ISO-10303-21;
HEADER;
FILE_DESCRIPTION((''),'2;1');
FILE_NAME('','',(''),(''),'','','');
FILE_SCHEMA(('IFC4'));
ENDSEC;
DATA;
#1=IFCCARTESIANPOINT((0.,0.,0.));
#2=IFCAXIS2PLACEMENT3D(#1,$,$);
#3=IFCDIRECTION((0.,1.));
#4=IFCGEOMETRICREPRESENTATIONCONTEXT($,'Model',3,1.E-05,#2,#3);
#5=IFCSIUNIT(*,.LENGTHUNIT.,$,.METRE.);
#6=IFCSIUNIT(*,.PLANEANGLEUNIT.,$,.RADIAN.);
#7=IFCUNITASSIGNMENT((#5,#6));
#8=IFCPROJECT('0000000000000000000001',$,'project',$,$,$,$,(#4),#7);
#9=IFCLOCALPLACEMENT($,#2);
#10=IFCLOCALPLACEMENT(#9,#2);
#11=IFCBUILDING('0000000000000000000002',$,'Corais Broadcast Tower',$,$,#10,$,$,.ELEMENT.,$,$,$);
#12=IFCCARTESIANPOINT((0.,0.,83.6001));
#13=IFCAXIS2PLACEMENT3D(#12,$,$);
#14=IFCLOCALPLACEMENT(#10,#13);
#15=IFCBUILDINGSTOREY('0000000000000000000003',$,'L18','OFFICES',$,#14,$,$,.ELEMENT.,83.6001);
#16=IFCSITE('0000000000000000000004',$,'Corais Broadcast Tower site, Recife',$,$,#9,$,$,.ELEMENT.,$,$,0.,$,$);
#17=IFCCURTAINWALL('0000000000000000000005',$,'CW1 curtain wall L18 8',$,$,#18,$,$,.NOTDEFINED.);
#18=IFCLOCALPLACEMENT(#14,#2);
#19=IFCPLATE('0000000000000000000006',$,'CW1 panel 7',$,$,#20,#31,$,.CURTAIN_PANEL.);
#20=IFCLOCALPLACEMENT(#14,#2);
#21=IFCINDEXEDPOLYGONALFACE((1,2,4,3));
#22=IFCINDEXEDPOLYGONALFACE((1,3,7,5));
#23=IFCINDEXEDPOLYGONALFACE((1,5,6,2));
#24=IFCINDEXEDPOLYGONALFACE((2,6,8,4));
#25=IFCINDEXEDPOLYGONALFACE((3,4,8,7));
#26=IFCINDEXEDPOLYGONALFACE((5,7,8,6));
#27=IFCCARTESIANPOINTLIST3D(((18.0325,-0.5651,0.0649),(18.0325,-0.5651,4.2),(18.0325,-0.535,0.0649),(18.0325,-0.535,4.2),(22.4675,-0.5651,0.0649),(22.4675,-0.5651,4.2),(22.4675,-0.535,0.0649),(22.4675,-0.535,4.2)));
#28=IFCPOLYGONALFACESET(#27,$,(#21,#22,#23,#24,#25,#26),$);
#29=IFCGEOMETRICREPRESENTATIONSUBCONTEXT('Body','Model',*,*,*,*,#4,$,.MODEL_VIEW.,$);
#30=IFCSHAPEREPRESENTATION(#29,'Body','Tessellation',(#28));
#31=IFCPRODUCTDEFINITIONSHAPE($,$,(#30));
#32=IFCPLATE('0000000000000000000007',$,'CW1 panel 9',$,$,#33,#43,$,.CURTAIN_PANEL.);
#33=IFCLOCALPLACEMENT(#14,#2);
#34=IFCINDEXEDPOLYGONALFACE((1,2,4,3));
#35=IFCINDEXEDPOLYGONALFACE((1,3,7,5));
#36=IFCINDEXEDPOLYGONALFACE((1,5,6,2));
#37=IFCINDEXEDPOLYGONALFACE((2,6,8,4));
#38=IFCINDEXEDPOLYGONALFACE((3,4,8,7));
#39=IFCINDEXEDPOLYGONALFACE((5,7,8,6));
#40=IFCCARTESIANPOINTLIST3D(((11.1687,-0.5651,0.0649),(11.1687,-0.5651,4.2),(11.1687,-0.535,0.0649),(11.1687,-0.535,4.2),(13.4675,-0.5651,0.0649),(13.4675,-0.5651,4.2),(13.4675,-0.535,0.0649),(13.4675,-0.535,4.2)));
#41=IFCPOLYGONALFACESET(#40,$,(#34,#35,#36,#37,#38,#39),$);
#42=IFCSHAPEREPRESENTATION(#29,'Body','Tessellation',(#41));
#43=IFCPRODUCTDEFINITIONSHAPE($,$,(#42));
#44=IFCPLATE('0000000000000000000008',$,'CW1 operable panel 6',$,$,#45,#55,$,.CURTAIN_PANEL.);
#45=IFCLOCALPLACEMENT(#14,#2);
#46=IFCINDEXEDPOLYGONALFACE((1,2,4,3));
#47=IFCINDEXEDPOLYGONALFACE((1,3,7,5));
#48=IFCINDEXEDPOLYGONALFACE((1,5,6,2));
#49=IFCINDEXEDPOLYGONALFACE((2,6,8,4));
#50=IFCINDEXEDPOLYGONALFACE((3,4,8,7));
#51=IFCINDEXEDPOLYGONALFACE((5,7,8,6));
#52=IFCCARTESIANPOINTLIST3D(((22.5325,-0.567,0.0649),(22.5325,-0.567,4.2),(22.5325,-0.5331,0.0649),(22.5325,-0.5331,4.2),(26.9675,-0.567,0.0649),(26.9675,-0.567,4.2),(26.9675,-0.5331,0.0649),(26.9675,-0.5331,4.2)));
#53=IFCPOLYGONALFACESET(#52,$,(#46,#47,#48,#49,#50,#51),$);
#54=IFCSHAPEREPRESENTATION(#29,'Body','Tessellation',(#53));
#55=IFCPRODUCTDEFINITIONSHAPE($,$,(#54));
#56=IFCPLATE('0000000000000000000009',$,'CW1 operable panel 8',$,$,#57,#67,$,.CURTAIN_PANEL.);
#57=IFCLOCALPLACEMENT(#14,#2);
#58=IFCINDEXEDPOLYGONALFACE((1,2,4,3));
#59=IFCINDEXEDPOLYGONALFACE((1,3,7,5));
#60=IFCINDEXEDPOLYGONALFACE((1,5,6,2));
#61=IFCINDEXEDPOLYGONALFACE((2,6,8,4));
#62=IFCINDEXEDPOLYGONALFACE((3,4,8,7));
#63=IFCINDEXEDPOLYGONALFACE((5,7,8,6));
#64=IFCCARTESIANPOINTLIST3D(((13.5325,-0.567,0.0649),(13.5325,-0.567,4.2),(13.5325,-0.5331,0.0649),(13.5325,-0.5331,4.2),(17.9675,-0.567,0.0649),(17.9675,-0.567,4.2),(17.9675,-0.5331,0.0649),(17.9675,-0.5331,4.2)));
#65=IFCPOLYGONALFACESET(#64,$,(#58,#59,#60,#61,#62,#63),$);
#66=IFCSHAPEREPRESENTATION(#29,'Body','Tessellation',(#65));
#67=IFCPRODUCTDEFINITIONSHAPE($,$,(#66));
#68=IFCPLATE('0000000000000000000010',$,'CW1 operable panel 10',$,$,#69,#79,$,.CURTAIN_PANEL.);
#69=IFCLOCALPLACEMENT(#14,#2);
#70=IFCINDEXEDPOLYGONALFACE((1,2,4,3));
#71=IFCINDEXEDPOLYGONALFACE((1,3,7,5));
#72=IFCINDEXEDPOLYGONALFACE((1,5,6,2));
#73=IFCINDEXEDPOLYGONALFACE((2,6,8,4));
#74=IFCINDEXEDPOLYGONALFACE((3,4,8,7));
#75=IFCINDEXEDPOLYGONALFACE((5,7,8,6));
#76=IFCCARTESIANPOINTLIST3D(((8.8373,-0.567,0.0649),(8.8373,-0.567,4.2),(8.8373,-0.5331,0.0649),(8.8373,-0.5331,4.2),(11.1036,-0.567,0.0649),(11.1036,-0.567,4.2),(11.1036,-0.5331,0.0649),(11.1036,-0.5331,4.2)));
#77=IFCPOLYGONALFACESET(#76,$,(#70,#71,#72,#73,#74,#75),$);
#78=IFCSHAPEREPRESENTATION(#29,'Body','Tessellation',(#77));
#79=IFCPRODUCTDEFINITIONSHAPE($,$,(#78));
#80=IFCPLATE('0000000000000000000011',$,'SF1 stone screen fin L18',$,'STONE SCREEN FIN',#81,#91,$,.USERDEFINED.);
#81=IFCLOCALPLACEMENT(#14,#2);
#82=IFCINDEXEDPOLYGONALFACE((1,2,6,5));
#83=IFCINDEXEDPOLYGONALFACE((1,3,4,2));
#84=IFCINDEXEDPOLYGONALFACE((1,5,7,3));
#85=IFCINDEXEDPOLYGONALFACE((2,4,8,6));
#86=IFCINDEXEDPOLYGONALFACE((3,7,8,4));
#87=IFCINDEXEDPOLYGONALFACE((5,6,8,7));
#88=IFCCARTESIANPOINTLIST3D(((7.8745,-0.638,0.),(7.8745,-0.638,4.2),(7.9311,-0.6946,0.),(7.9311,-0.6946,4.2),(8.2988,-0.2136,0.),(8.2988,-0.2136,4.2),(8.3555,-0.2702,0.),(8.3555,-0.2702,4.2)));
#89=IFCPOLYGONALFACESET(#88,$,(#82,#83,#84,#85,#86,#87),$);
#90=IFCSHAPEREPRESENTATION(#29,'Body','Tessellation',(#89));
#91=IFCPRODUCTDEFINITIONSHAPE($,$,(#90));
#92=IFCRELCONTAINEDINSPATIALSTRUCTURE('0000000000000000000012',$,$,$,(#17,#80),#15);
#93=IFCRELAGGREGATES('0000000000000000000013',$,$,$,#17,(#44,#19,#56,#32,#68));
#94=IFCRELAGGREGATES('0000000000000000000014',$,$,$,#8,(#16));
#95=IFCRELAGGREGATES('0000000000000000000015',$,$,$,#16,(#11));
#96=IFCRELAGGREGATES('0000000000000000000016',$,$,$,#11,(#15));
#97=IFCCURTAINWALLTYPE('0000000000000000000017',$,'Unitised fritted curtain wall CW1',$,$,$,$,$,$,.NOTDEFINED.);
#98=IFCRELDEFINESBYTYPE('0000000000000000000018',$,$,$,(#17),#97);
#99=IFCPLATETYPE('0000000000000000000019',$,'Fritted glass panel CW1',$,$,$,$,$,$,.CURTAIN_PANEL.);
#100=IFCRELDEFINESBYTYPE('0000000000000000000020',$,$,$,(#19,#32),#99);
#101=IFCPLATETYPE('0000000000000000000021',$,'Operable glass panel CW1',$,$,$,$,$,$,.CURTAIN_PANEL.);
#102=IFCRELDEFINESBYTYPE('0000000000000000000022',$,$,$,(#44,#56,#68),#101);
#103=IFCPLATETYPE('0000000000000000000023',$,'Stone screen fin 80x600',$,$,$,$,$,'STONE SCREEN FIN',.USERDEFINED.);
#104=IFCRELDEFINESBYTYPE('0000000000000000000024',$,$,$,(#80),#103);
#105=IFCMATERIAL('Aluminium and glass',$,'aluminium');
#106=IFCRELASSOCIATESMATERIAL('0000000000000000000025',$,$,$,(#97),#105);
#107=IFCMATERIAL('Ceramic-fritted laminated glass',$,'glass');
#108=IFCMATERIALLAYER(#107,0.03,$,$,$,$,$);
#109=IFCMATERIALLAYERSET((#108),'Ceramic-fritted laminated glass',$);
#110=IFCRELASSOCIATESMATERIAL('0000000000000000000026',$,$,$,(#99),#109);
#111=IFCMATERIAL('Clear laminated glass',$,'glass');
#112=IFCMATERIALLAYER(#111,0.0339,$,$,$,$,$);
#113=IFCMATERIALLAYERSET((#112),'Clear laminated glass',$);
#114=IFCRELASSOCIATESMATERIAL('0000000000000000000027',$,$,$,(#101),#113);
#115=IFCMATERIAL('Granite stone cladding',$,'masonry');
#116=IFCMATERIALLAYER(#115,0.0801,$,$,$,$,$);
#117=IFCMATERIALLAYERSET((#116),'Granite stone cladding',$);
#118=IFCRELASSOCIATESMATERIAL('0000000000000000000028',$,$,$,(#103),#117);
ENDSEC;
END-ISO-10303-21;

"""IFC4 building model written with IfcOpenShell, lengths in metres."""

from ifc_helpers import new_model, si_unit, direction, frame, origin, origin_2d, place, context, subcontext, project, spatial, rectangle, extrude, material, layer, layer_set, type_object, element, aggregate, save


model = new_model("IFC4")

# Units and contexts
model_context = context("Model", 3, precision=1e-05, world=origin(), true_north=direction((0.0, 1.0)))
body_context = subcontext(model_context, "Body", "Model", "MODEL_VIEW")
ifc_project = project(units=[si_unit("LENGTHUNIT", "METRE"), si_unit("PLANEANGLEUNIT", "RADIAN")], contexts=[model_context])

# Site, building, storey
site_placement = place(None, origin())
site = spatial("IfcSite", under=ifc_project, at=site_placement, Name="Corais Broadcast Tower site, Recife", CompositionType="ELEMENT", RefElevation=0.0)
building_placement = place(site_placement, origin())
building = spatial("IfcBuilding", under=site, at=building_placement, Name="Corais Broadcast Tower", CompositionType="ELEMENT")
storey_placement = place(building_placement, frame((0.0, 0.0, 83.6001)))
storey = spatial("IfcBuildingStorey", under=building, at=storey_placement, Name="L18", Description="OFFICES", CompositionType="ELEMENT", Elevation=83.6001)

# Shared definitions
ifc_material_1 = material(Name="Aluminium and glass", Category="aluminium")
curtain_wall_type = type_object("IfcCurtainWallType", Name="Unitised fritted curtain wall CW1", PredefinedType="NOTDEFINED", material=ifc_material_1)

# Curtain wall
curtain_wall_1_placement = place(storey_placement, origin())
curtain_wall_1 = element("IfcCurtainWall", 1, at=curtain_wall_1_placement, inside=storey, type_object=curtain_wall_type, Name="CW1 curtain wall L18 8", PredefinedType="NOTDEFINED")

# Plates
ifc_material_2 = material(Name="Ceramic-fritted laminated glass", Category="glass")
ifc_layer_1 = layer(ifc_material_2, 0.03)
ifc_layer_set_1 = layer_set([ifc_layer_1], Name="Ceramic-fritted laminated glass")
plate_type_1 = type_object("IfcPlateType", Name="Fritted glass panel CW1", PredefinedType="CURTAIN_PANEL", material=ifc_layer_set_1)
plate_1_placement = place(storey_placement, frame((20.25, -0.55, 0.0649), z_axis=(0.0, 0.0, 1.0), x_axis=(-1.0, 0.0, 0.0)))
plate_1 = element("IfcPlate", 2, at=plate_1_placement, type_object=plate_type_1, Name="CW1 panel 7", PredefinedType="CURTAIN_PANEL", context=body_context, shape_type="SweptSolid", body=[
    extrude(rectangle(XDim=4.4351, YDim=0.03, at=origin_2d()), origin(), (0.0, 0.0, 1.0), 4.135),
])
plate_2_placement = place(storey_placement, frame((12.3181, -0.55, 0.0649), z_axis=(0.0, 0.0, 1.0), x_axis=(-1.0, 0.0, 0.0)))
plate_2 = element("IfcPlate", 3, at=plate_2_placement, type_object=plate_type_1, Name="CW1 panel 9", PredefinedType="CURTAIN_PANEL", context=body_context, shape_type="SweptSolid", body=[
    extrude(rectangle(XDim=2.2988, YDim=0.03, at=origin_2d()), origin(), (0.0, 0.0, 1.0), 4.135),
])
ifc_material_3 = material(Name="Clear laminated glass", Category="glass")
ifc_layer_2 = layer(ifc_material_3, 0.0339)
ifc_layer_set_2 = layer_set([ifc_layer_2], Name="Clear laminated glass")
plate_type_2 = type_object("IfcPlateType", Name="Operable glass panel CW1", PredefinedType="CURTAIN_PANEL", material=ifc_layer_set_2)
plate_3_placement = place(storey_placement, frame((24.75, -0.55, 0.0649), z_axis=(0.0, 0.0, 1.0), x_axis=(-1.0, 0.0, 0.0)))
plate_3 = element("IfcPlate", 4, at=plate_3_placement, type_object=plate_type_2, Name="CW1 operable panel 6", PredefinedType="CURTAIN_PANEL", context=body_context, shape_type="SweptSolid", body=[
    extrude(rectangle(XDim=4.4351, YDim=0.0339, at=origin_2d()), origin(), (0.0, 0.0, 1.0), 4.135),
])
plate_4_placement = place(storey_placement, frame((15.75, -0.55, 0.0649), z_axis=(0.0, 0.0, 1.0), x_axis=(-1.0, 0.0, 0.0)))
plate_4 = element("IfcPlate", 5, at=plate_4_placement, type_object=plate_type_2, Name="CW1 operable panel 8", PredefinedType="CURTAIN_PANEL", context=body_context, shape_type="SweptSolid", body=[
    extrude(rectangle(XDim=4.4351, YDim=0.0339, at=origin_2d()), origin(), (0.0, 0.0, 1.0), 4.135),
])
plate_5_placement = place(storey_placement, frame((9.9705, -0.55, 0.0649), z_axis=(0.0, 0.0, 1.0), x_axis=(-1.0, 0.0, 0.0)))
plate_5 = element("IfcPlate", 6, at=plate_5_placement, type_object=plate_type_2, Name="CW1 operable panel 10", PredefinedType="CURTAIN_PANEL", context=body_context, shape_type="SweptSolid", body=[
    extrude(rectangle(XDim=2.2664, YDim=0.0339, at=origin_2d()), origin(), (0.0, 0.0, 1.0), 4.135),
])
aggregate(curtain_wall_1, [plate_3, plate_1, plate_4, plate_2, plate_5])
ifc_material_4 = material(Name="Granite stone cladding", Category="masonry")
ifc_layer_3 = layer(ifc_material_4, 0.0801)
ifc_layer_set_3 = layer_set([ifc_layer_3], Name="Granite stone cladding")
plate_type_3 = type_object("IfcPlateType", Name="Stone screen fin 80x600", ElementType="STONE SCREEN FIN", PredefinedType="USERDEFINED", material=ifc_layer_set_3)
plate_6_placement = place(storey_placement, frame((8.115, -0.4541, 0.0), z_axis=(0.0, 0.0, 1.0), x_axis=(-0.707107, 0.707107, 0.0)))
element("IfcPlate", 7, at=plate_6_placement, inside=storey, type_object=plate_type_3, Name="SF1 stone screen fin L18", ObjectType="STONE SCREEN FIN", PredefinedType="USERDEFINED", context=body_context, shape_type="SweptSolid", body=[
    extrude(rectangle(XDim=0.0801, YDim=0.6001, at=origin_2d()), origin(), (0.0, 0.0, 1.0), 4.2),
])

save(model, "model.ifc")
